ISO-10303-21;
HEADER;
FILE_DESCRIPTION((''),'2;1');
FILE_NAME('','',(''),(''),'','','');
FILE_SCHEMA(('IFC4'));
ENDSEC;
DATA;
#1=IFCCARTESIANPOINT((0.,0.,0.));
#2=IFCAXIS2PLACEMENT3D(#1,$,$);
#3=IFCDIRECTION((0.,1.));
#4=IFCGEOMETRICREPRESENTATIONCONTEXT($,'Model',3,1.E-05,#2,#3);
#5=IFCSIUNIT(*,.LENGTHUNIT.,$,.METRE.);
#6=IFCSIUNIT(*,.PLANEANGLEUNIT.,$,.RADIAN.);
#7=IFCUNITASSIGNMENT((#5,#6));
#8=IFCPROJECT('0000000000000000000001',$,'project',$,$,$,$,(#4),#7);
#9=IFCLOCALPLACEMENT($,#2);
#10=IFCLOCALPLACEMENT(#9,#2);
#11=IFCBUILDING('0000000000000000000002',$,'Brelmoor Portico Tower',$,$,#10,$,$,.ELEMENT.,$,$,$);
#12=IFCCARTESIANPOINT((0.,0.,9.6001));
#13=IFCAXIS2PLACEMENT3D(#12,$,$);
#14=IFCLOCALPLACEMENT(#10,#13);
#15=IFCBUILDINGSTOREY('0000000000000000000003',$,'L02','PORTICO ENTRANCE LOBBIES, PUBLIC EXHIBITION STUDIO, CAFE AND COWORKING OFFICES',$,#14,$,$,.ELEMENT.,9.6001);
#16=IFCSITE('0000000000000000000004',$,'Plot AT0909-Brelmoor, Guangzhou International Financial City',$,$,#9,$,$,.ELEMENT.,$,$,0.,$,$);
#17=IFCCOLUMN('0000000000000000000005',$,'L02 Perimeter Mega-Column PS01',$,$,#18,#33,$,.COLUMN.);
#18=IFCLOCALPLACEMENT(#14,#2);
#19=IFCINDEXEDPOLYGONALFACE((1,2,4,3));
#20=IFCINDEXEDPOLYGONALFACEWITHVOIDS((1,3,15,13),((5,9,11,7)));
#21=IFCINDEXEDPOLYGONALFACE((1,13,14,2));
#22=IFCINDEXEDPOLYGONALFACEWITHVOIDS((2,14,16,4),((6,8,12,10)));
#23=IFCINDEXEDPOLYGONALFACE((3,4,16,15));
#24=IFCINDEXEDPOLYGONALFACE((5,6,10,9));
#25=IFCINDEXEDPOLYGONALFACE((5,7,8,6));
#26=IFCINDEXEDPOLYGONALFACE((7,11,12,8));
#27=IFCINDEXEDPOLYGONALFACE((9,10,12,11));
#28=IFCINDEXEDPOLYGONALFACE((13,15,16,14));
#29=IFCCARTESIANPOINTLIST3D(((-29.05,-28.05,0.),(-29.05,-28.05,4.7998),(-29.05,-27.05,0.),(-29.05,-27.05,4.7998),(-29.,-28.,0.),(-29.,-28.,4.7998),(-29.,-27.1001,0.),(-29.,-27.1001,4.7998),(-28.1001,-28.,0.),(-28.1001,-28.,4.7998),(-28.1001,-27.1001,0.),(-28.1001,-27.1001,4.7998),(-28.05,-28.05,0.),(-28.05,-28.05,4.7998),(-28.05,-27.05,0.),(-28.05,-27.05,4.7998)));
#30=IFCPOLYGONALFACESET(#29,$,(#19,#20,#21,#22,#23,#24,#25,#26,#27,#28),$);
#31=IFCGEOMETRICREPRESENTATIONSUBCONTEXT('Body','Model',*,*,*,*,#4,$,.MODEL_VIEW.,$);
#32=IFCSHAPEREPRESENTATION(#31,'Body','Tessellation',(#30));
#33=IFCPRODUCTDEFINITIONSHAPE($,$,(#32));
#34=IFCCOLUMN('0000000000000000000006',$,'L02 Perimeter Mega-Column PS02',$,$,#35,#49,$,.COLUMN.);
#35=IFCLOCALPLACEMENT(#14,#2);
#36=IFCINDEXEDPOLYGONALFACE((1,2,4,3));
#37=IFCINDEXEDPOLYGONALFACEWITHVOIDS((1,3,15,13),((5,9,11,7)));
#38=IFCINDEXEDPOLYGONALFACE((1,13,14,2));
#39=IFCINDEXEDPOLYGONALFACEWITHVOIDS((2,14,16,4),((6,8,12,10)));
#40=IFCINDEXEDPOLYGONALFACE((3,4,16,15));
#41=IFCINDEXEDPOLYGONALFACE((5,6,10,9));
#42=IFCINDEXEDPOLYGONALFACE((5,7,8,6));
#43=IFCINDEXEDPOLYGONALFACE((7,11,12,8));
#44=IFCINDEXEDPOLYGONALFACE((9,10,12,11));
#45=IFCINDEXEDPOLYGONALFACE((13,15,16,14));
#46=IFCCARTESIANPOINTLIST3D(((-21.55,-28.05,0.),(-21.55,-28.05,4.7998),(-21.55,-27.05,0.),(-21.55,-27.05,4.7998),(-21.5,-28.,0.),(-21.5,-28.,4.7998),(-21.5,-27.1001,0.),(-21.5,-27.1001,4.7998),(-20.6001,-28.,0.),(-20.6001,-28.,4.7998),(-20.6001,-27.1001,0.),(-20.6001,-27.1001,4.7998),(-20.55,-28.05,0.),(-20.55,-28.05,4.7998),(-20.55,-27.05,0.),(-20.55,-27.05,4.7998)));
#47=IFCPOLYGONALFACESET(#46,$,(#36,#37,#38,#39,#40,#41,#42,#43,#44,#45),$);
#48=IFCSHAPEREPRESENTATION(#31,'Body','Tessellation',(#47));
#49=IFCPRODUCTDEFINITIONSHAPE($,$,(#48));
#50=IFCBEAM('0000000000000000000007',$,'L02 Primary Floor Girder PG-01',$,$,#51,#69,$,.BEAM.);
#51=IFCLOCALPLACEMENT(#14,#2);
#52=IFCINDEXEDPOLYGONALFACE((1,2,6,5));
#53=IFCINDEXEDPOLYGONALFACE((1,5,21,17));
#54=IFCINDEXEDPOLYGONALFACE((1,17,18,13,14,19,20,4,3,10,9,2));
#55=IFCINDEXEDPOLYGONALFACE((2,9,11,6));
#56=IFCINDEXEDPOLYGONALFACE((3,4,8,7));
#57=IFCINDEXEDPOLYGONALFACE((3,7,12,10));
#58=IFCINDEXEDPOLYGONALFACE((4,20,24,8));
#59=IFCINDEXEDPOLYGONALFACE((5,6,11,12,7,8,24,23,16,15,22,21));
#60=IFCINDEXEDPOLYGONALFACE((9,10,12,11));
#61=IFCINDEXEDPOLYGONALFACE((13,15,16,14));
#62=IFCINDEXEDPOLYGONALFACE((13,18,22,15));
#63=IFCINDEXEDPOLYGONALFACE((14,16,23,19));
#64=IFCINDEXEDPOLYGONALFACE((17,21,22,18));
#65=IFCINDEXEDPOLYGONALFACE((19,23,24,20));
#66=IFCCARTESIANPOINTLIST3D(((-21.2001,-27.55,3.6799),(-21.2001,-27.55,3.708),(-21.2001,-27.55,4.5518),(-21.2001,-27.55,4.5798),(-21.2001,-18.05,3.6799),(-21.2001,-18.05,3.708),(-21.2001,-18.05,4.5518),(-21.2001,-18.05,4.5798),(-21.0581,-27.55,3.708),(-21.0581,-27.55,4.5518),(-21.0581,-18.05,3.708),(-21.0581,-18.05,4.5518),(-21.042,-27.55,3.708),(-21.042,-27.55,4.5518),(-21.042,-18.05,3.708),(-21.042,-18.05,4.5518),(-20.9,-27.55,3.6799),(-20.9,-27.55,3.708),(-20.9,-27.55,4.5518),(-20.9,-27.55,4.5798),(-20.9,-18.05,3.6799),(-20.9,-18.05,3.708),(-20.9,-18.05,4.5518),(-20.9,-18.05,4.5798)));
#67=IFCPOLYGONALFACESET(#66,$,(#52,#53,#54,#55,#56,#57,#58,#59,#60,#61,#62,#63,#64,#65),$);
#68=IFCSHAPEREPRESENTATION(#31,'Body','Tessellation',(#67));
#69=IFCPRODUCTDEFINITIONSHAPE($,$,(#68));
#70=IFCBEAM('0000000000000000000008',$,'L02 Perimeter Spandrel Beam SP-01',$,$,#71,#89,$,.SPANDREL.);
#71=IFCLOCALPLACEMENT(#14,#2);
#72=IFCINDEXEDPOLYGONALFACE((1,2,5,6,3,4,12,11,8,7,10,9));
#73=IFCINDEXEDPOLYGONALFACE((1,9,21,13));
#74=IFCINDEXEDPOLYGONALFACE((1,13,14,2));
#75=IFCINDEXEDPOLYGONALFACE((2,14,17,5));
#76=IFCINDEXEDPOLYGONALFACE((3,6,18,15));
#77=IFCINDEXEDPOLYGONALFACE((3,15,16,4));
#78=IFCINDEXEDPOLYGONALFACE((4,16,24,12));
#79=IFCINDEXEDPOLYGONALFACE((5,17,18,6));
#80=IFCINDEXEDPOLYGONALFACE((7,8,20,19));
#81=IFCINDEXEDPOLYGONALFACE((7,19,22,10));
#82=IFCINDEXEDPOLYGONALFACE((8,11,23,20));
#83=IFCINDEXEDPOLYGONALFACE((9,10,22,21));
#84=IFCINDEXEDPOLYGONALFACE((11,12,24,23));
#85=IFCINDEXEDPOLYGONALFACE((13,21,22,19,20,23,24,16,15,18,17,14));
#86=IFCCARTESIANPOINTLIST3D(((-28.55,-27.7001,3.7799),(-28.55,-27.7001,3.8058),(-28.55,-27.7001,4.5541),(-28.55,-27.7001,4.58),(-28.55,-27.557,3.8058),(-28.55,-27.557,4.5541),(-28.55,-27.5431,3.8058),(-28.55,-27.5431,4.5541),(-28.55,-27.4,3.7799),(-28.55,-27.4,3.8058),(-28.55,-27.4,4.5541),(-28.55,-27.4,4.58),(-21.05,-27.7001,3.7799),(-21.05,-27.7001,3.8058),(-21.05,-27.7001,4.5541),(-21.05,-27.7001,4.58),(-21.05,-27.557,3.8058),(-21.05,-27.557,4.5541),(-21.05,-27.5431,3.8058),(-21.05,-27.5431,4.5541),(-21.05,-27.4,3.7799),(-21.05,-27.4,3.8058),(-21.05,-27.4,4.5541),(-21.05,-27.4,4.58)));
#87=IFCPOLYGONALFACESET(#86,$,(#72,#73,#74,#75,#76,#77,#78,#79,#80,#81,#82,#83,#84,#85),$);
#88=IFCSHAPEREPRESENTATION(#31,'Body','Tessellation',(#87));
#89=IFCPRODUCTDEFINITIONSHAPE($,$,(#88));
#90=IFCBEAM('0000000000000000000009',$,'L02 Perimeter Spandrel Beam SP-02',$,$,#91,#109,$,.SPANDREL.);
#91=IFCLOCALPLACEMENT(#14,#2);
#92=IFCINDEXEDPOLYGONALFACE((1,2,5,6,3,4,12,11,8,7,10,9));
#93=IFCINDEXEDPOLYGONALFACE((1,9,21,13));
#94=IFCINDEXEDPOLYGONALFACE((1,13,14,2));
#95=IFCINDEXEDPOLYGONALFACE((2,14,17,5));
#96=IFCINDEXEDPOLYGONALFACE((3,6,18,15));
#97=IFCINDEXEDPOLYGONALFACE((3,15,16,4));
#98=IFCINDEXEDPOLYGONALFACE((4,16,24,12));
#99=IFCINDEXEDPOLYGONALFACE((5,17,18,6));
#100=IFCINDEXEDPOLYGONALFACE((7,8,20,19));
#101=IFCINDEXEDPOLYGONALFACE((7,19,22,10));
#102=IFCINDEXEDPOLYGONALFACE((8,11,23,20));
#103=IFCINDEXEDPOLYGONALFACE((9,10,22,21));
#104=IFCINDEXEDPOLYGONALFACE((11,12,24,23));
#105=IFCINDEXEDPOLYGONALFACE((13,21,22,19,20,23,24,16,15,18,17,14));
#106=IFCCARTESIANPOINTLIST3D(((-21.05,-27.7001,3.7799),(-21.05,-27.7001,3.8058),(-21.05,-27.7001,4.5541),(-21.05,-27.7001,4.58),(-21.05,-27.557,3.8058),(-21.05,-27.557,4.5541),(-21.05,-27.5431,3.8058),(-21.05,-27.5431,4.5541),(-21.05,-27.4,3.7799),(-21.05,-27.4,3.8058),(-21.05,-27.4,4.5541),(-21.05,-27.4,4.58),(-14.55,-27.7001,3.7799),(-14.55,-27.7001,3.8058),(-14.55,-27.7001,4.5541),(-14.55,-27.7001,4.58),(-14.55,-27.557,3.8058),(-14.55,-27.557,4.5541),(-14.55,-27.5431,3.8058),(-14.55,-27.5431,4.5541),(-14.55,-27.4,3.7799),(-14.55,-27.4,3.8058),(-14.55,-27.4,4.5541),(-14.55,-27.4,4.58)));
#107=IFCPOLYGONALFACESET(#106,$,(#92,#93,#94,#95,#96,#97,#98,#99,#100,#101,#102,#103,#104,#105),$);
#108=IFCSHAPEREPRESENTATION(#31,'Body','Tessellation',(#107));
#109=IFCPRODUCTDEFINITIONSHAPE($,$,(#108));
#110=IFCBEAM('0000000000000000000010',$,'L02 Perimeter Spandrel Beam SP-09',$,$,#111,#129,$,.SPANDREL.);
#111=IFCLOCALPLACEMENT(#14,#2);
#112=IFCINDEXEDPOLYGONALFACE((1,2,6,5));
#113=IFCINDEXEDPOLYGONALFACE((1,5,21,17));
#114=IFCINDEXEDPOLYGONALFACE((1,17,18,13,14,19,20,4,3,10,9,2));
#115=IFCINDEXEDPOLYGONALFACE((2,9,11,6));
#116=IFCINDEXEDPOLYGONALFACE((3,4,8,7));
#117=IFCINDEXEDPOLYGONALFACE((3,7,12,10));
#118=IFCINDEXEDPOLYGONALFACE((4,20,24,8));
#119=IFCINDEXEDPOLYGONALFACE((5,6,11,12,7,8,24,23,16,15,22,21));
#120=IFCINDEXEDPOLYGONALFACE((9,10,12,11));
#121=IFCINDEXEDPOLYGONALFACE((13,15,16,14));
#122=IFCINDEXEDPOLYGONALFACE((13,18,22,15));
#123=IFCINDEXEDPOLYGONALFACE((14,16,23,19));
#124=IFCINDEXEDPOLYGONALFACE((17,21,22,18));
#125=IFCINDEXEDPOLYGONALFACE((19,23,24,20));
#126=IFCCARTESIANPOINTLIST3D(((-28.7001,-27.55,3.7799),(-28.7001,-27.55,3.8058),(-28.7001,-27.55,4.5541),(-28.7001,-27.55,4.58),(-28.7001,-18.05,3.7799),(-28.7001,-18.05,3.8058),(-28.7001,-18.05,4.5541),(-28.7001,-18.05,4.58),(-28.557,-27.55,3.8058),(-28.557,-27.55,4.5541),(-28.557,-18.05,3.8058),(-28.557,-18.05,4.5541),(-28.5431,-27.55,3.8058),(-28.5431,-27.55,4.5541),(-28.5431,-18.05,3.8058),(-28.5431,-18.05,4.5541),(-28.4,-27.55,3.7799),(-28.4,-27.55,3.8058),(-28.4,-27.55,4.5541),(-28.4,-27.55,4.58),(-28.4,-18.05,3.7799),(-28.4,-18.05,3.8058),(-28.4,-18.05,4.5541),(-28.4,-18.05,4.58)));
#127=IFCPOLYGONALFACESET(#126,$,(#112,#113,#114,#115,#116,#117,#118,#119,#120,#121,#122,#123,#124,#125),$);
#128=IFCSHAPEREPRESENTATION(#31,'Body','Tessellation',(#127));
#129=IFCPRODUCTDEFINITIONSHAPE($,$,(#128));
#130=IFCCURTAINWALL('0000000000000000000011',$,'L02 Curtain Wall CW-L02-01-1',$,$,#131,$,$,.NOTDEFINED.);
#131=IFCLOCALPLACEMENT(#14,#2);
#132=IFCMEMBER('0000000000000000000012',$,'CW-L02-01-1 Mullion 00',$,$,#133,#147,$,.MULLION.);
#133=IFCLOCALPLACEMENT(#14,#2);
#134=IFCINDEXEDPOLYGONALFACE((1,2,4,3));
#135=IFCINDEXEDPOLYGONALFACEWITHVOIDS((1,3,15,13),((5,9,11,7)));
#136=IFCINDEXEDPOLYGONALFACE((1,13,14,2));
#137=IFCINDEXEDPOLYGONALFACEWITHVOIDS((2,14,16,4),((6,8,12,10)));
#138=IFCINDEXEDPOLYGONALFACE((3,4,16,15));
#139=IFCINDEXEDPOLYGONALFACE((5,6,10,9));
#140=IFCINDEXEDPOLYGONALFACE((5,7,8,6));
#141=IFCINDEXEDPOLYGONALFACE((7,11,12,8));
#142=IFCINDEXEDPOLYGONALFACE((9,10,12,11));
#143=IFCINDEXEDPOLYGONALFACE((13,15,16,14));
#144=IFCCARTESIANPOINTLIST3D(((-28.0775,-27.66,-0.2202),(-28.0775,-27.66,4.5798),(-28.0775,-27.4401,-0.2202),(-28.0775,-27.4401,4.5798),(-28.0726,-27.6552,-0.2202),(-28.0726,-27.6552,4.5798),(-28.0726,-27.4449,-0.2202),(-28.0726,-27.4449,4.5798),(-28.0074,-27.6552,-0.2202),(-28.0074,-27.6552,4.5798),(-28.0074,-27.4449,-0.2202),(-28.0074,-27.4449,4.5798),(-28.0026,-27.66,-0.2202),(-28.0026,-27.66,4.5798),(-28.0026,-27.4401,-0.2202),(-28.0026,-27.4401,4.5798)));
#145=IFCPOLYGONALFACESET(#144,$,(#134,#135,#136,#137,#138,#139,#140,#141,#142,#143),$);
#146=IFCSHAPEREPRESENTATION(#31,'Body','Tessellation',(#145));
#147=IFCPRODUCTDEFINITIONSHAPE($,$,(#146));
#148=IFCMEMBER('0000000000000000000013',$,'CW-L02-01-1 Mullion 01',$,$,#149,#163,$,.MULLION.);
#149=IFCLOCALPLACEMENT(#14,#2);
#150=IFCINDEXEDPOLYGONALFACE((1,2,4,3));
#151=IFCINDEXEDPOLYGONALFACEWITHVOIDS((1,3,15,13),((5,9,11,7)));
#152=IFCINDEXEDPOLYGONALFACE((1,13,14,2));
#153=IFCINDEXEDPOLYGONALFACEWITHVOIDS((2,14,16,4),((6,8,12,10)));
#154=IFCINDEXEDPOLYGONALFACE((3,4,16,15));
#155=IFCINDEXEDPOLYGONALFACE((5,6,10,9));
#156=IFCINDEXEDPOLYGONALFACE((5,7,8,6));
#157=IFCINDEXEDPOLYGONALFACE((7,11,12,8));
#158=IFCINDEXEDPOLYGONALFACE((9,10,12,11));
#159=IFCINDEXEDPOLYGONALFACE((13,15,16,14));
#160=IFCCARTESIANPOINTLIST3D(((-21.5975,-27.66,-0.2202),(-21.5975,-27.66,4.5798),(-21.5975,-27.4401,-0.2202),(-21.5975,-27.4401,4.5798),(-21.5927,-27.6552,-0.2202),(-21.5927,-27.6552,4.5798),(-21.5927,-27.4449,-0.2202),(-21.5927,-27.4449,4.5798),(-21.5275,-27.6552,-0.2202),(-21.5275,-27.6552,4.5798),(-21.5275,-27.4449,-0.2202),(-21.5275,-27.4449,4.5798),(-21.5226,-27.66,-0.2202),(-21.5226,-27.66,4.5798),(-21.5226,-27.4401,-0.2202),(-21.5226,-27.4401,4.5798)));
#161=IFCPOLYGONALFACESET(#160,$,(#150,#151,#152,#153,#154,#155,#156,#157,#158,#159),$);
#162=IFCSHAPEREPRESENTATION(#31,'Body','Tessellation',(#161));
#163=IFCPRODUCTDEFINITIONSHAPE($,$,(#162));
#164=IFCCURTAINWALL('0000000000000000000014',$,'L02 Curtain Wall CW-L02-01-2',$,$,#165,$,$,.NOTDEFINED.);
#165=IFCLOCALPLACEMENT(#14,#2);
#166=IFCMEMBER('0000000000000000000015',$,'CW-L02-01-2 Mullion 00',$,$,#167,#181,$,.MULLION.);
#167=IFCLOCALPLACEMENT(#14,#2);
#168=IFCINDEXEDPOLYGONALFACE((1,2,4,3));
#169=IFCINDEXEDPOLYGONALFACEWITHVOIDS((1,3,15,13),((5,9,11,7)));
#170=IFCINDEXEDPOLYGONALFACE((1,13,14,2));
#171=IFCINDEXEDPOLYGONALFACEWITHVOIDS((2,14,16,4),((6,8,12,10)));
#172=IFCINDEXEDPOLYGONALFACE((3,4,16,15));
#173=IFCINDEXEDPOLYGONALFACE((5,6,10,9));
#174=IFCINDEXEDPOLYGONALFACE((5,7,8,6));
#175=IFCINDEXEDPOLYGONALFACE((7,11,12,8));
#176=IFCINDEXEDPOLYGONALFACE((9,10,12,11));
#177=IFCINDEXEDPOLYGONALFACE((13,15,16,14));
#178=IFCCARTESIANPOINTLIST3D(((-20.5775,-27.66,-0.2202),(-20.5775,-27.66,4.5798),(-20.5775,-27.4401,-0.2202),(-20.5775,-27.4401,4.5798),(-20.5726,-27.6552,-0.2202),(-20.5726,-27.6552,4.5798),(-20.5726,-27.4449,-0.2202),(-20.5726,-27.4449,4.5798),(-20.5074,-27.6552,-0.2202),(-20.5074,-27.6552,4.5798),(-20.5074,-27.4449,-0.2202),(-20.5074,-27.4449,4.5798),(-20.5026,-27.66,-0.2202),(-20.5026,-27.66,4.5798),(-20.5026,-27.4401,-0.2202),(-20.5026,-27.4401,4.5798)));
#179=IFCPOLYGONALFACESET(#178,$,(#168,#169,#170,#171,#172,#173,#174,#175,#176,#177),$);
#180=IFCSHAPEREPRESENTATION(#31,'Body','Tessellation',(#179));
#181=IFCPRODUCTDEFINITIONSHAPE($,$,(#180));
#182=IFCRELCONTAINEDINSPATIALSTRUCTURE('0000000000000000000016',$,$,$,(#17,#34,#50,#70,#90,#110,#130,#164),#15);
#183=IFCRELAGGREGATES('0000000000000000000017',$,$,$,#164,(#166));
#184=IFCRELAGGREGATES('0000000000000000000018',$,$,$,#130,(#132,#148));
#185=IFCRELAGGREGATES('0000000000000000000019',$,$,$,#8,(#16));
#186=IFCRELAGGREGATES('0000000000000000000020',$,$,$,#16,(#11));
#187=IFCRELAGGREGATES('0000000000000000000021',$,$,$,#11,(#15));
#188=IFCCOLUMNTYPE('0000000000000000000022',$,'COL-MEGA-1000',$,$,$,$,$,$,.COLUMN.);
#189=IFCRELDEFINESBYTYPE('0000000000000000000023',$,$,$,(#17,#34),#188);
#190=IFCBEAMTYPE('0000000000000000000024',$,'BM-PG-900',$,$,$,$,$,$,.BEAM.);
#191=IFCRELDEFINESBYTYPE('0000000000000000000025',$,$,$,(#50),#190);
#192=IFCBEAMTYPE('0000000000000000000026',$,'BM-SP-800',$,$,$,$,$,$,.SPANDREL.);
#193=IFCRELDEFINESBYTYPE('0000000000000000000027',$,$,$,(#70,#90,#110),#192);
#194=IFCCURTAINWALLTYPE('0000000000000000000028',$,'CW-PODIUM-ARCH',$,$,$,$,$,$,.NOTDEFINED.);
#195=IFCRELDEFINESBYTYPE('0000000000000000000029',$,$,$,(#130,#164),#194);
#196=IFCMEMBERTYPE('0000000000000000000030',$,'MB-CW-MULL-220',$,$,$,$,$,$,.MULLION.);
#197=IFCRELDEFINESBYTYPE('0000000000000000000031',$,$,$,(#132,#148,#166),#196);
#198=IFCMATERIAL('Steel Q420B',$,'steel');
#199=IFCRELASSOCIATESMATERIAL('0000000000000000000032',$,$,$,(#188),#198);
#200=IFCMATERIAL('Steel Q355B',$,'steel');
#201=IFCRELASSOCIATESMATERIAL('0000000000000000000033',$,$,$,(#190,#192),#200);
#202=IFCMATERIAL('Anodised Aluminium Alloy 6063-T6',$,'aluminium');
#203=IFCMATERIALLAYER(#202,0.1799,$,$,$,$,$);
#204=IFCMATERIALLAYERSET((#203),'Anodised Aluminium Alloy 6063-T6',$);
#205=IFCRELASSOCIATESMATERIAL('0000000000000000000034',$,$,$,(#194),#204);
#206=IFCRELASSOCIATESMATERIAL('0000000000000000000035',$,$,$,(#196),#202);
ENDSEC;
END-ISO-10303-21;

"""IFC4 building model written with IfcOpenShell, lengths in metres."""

from ifc_helpers import new_model, si_unit, direction, frame, origin, origin_2d, place, context, subcontext, project, spatial, hollow_rectangle, i_section, extrude, material, layer, layer_set, material_profile, profile_set, type_object, element, aggregate, save


model = new_model("IFC4")

# Units and contexts
model_context = context("Model", 3, precision=1e-05, world=origin(), true_north=direction((0.0, 1.0)))
body_context = subcontext(model_context, "Body", "Model", "MODEL_VIEW")
ifc_project = project(units=[si_unit("LENGTHUNIT", "METRE"), si_unit("PLANEANGLEUNIT", "RADIAN")], contexts=[model_context])

# Site, building, storey
site_placement = place(None, origin())
site = spatial("IfcSite", under=ifc_project, at=site_placement, Name="Plot AT0909-Brelmoor, Guangzhou International Financial City", CompositionType="ELEMENT", RefElevation=0.0)
building_placement = place(site_placement, origin())
building = spatial("IfcBuilding", under=site, at=building_placement, Name="Brelmoor Portico Tower", CompositionType="ELEMENT")
storey_placement = place(building_placement, frame((0.0, 0.0, 9.6001)))
storey = spatial("IfcBuildingStorey", under=building, at=storey_placement, Name="L02", Description="PORTICO ENTRANCE LOBBIES, PUBLIC EXHIBITION STUDIO, CAFE AND COWORKING OFFICES", CompositionType="ELEMENT", Elevation=9.6001)

# Columns
ifc_material_1 = material(Name="Steel Q420B", Category="steel")
ifc_material_profile_1 = material_profile(ifc_material_1, hollow_rectangle(XDim=1.0, YDim=1.0, WallThickness=0.05, at=origin_2d()), Name="BOX 1000x1000x50")
ifc_profile_set_1 = profile_set([ifc_material_profile_1], Name="Steel Q420B")
column_type = type_object("IfcColumnType", Name="COL-MEGA-1000", PredefinedType="COLUMN", material=ifc_profile_set_1)
for number, where, z_axis, x_axis, name in (
    (1, (-28.55, -27.55, 0.0), (0.0, 0.0, 1.0), (1.0, 0.0, 0.0), "L02 Perimeter Mega-Column PS01"),
    (2, (-21.05, -27.55, 0.0), (0.0, 0.0, 1.0), (1.0, 0.0, 0.0), "L02 Perimeter Mega-Column PS02"),
):
    element("IfcColumn", number, at=place(storey_placement, frame(where, z_axis=z_axis, x_axis=x_axis)), inside=storey, type_object=column_type, Name=name, PredefinedType="COLUMN", context=body_context, shape_type="SweptSolid", body=[
        extrude(hollow_rectangle(XDim=1.0, YDim=1.0, WallThickness=0.05, at=origin_2d()), origin(), (0.0, 0.0, 1.0), 4.7998),
    ])

# Beams
ifc_material_2 = material(Name="Steel Q355B", Category="steel")
ifc_material_profile_2 = material_profile(ifc_material_2, i_section(OverallWidth=0.3, OverallDepth=0.8999, WebThickness=0.0161, FlangeThickness=0.0281, at=origin_2d()), Name="HN 900x300x16x28")
ifc_profile_set_2 = profile_set([ifc_material_profile_2], Name="Steel Q355B")
beam_type_1 = type_object("IfcBeamType", Name="BM-PG-900", PredefinedType="BEAM", material=ifc_profile_set_2)
beam_1_placement = place(storey_placement, frame((-21.05, -27.55, 4.1299), z_axis=(0.0, 1.0, 0.0), x_axis=(-1.0, 0.0, 0.0)))
element("IfcBeam", 3, at=beam_1_placement, inside=storey, type_object=beam_type_1, Name="L02 Primary Floor Girder PG-01", PredefinedType="BEAM", context=body_context, shape_type="SweptSolid", body=[
    extrude(i_section(OverallWidth=0.3, OverallDepth=0.8999, WebThickness=0.0161, FlangeThickness=0.0281, at=origin_2d()), origin(), (0.0, 0.0, 1.0), 9.5),
])
ifc_material_profile_3 = material_profile(ifc_material_2, i_section(OverallWidth=0.3, OverallDepth=0.8, WebThickness=0.0139, FlangeThickness=0.0259, at=origin_2d()), Name="HN 800x300x14x26")
ifc_profile_set_3 = profile_set([ifc_material_profile_3], Name="Steel Q355B")
beam_type_2 = type_object("IfcBeamType", Name="BM-SP-800", PredefinedType="SPANDREL", material=ifc_profile_set_3)
beam_2_placement = place(storey_placement, frame((-28.55, -27.55, 4.1799), z_axis=(1.0, 0.0, 0.0), x_axis=(0.0, 1.0, 0.0)))
element("IfcBeam", 4, at=beam_2_placement, inside=storey, type_object=beam_type_2, Name="L02 Perimeter Spandrel Beam SP-01", PredefinedType="SPANDREL", context=body_context, shape_type="SweptSolid", body=[
    extrude(i_section(OverallWidth=0.3, OverallDepth=0.8, WebThickness=0.0139, FlangeThickness=0.0259, at=origin_2d()), origin(), (0.0, 0.0, 1.0), 7.5),
])
beam_3_placement = place(storey_placement, frame((-21.05, -27.55, 4.1799), z_axis=(1.0, 0.0, 0.0), x_axis=(0.0, 1.0, 0.0)))
element("IfcBeam", 5, at=beam_3_placement, inside=storey, type_object=beam_type_2, Name="L02 Perimeter Spandrel Beam SP-02", PredefinedType="SPANDREL", context=body_context, shape_type="SweptSolid", body=[
    extrude(i_section(OverallWidth=0.3, OverallDepth=0.8, WebThickness=0.0139, FlangeThickness=0.0259, at=origin_2d()), origin(), (0.0, 0.0, 1.0), 6.5),
])
beam_4_placement = place(storey_placement, frame((-28.55, -27.55, 4.1799), z_axis=(0.0, 1.0, 0.0), x_axis=(-1.0, 0.0, 0.0)))
element("IfcBeam", 6, at=beam_4_placement, inside=storey, type_object=beam_type_2, Name="L02 Perimeter Spandrel Beam SP-09", PredefinedType="SPANDREL", context=body_context, shape_type="SweptSolid", body=[
    extrude(i_section(OverallWidth=0.3, OverallDepth=0.8, WebThickness=0.0139, FlangeThickness=0.0259, at=origin_2d()), origin(), (0.0, 0.0, 1.0), 9.5),
])

# Curtain wall, members
ifc_material_3 = material(Name="Anodised Aluminium Alloy 6063-T6", Category="aluminium")
ifc_layer_1 = layer(ifc_material_3, 0.1799)
ifc_layer_set_1 = layer_set([ifc_layer_1], Name="Anodised Aluminium Alloy 6063-T6")
curtain_wall_type = type_object("IfcCurtainWallType", Name="CW-PODIUM-ARCH", PredefinedType="NOTDEFINED", material=ifc_layer_set_1)
curtain_wall_1_placement = place(storey_placement, origin())
curtain_wall_1 = element("IfcCurtainWall", 7, at=curtain_wall_1_placement, inside=storey, type_object=curtain_wall_type, Name="L02 Curtain Wall CW-L02-01-1", PredefinedType="NOTDEFINED")
ifc_material_profile_4 = material_profile(ifc_material_3, hollow_rectangle(XDim=0.075, YDim=0.22, WallThickness=0.0049, at=origin_2d()), Name="ALU MULLION 75x220")
ifc_profile_set_4 = profile_set([ifc_material_profile_4], Name="Anodised Aluminium Alloy 6063-T6")
member_type_1 = type_object("IfcMemberType", Name="MB-CW-MULL-220", PredefinedType="MULLION", material=ifc_profile_set_4)
member_1_placement = place(storey_placement, frame((-28.04, -27.55, -0.2202), z_axis=(0.0, 0.0, 1.0), x_axis=(1.0, 0.0, 0.0)))
member_1 = element("IfcMember", 8, at=member_1_placement, type_object=member_type_1, Name="CW-L02-01-1 Mullion 00", PredefinedType="MULLION", context=body_context, shape_type="SweptSolid", body=[
    extrude(hollow_rectangle(XDim=0.075, YDim=0.22, WallThickness=0.0049, at=origin_2d()), origin(), (0.0, 0.0, 1.0), 4.8),
])
member_2_placement = place(storey_placement, frame((-21.5601, -27.55, -0.2202), z_axis=(0.0, 0.0, 1.0), x_axis=(1.0, 0.0, 0.0)))
member_2 = element("IfcMember", 9, at=member_2_placement, type_object=member_type_1, Name="CW-L02-01-1 Mullion 01", PredefinedType="MULLION", context=body_context, shape_type="SweptSolid", body=[
    extrude(hollow_rectangle(XDim=0.075, YDim=0.22, WallThickness=0.0049, at=origin_2d()), origin(), (0.0, 0.0, 1.0), 4.8),
])

# Curtain wall, member
curtain_wall_2_placement = place(storey_placement, origin())
curtain_wall_2 = element("IfcCurtainWall", 10, at=curtain_wall_2_placement, inside=storey, type_object=curtain_wall_type, Name="L02 Curtain Wall CW-L02-01-2", PredefinedType="NOTDEFINED")
member_3_placement = place(storey_placement, frame((-20.54, -27.55, -0.2202), z_axis=(0.0, 0.0, 1.0), x_axis=(1.0, 0.0, 0.0)))
member_3 = element("IfcMember", 11, at=member_3_placement, type_object=member_type_1, Name="CW-L02-01-2 Mullion 00", PredefinedType="MULLION", context=body_context, shape_type="SweptSolid", body=[
    extrude(hollow_rectangle(XDim=0.075, YDim=0.22, WallThickness=0.0049, at=origin_2d()), origin(), (0.0, 0.0, 1.0), 4.8),
])

aggregate(curtain_wall_2, [member_3])

aggregate(curtain_wall_1, [member_1, member_2])

save(model, "model.ifc")
